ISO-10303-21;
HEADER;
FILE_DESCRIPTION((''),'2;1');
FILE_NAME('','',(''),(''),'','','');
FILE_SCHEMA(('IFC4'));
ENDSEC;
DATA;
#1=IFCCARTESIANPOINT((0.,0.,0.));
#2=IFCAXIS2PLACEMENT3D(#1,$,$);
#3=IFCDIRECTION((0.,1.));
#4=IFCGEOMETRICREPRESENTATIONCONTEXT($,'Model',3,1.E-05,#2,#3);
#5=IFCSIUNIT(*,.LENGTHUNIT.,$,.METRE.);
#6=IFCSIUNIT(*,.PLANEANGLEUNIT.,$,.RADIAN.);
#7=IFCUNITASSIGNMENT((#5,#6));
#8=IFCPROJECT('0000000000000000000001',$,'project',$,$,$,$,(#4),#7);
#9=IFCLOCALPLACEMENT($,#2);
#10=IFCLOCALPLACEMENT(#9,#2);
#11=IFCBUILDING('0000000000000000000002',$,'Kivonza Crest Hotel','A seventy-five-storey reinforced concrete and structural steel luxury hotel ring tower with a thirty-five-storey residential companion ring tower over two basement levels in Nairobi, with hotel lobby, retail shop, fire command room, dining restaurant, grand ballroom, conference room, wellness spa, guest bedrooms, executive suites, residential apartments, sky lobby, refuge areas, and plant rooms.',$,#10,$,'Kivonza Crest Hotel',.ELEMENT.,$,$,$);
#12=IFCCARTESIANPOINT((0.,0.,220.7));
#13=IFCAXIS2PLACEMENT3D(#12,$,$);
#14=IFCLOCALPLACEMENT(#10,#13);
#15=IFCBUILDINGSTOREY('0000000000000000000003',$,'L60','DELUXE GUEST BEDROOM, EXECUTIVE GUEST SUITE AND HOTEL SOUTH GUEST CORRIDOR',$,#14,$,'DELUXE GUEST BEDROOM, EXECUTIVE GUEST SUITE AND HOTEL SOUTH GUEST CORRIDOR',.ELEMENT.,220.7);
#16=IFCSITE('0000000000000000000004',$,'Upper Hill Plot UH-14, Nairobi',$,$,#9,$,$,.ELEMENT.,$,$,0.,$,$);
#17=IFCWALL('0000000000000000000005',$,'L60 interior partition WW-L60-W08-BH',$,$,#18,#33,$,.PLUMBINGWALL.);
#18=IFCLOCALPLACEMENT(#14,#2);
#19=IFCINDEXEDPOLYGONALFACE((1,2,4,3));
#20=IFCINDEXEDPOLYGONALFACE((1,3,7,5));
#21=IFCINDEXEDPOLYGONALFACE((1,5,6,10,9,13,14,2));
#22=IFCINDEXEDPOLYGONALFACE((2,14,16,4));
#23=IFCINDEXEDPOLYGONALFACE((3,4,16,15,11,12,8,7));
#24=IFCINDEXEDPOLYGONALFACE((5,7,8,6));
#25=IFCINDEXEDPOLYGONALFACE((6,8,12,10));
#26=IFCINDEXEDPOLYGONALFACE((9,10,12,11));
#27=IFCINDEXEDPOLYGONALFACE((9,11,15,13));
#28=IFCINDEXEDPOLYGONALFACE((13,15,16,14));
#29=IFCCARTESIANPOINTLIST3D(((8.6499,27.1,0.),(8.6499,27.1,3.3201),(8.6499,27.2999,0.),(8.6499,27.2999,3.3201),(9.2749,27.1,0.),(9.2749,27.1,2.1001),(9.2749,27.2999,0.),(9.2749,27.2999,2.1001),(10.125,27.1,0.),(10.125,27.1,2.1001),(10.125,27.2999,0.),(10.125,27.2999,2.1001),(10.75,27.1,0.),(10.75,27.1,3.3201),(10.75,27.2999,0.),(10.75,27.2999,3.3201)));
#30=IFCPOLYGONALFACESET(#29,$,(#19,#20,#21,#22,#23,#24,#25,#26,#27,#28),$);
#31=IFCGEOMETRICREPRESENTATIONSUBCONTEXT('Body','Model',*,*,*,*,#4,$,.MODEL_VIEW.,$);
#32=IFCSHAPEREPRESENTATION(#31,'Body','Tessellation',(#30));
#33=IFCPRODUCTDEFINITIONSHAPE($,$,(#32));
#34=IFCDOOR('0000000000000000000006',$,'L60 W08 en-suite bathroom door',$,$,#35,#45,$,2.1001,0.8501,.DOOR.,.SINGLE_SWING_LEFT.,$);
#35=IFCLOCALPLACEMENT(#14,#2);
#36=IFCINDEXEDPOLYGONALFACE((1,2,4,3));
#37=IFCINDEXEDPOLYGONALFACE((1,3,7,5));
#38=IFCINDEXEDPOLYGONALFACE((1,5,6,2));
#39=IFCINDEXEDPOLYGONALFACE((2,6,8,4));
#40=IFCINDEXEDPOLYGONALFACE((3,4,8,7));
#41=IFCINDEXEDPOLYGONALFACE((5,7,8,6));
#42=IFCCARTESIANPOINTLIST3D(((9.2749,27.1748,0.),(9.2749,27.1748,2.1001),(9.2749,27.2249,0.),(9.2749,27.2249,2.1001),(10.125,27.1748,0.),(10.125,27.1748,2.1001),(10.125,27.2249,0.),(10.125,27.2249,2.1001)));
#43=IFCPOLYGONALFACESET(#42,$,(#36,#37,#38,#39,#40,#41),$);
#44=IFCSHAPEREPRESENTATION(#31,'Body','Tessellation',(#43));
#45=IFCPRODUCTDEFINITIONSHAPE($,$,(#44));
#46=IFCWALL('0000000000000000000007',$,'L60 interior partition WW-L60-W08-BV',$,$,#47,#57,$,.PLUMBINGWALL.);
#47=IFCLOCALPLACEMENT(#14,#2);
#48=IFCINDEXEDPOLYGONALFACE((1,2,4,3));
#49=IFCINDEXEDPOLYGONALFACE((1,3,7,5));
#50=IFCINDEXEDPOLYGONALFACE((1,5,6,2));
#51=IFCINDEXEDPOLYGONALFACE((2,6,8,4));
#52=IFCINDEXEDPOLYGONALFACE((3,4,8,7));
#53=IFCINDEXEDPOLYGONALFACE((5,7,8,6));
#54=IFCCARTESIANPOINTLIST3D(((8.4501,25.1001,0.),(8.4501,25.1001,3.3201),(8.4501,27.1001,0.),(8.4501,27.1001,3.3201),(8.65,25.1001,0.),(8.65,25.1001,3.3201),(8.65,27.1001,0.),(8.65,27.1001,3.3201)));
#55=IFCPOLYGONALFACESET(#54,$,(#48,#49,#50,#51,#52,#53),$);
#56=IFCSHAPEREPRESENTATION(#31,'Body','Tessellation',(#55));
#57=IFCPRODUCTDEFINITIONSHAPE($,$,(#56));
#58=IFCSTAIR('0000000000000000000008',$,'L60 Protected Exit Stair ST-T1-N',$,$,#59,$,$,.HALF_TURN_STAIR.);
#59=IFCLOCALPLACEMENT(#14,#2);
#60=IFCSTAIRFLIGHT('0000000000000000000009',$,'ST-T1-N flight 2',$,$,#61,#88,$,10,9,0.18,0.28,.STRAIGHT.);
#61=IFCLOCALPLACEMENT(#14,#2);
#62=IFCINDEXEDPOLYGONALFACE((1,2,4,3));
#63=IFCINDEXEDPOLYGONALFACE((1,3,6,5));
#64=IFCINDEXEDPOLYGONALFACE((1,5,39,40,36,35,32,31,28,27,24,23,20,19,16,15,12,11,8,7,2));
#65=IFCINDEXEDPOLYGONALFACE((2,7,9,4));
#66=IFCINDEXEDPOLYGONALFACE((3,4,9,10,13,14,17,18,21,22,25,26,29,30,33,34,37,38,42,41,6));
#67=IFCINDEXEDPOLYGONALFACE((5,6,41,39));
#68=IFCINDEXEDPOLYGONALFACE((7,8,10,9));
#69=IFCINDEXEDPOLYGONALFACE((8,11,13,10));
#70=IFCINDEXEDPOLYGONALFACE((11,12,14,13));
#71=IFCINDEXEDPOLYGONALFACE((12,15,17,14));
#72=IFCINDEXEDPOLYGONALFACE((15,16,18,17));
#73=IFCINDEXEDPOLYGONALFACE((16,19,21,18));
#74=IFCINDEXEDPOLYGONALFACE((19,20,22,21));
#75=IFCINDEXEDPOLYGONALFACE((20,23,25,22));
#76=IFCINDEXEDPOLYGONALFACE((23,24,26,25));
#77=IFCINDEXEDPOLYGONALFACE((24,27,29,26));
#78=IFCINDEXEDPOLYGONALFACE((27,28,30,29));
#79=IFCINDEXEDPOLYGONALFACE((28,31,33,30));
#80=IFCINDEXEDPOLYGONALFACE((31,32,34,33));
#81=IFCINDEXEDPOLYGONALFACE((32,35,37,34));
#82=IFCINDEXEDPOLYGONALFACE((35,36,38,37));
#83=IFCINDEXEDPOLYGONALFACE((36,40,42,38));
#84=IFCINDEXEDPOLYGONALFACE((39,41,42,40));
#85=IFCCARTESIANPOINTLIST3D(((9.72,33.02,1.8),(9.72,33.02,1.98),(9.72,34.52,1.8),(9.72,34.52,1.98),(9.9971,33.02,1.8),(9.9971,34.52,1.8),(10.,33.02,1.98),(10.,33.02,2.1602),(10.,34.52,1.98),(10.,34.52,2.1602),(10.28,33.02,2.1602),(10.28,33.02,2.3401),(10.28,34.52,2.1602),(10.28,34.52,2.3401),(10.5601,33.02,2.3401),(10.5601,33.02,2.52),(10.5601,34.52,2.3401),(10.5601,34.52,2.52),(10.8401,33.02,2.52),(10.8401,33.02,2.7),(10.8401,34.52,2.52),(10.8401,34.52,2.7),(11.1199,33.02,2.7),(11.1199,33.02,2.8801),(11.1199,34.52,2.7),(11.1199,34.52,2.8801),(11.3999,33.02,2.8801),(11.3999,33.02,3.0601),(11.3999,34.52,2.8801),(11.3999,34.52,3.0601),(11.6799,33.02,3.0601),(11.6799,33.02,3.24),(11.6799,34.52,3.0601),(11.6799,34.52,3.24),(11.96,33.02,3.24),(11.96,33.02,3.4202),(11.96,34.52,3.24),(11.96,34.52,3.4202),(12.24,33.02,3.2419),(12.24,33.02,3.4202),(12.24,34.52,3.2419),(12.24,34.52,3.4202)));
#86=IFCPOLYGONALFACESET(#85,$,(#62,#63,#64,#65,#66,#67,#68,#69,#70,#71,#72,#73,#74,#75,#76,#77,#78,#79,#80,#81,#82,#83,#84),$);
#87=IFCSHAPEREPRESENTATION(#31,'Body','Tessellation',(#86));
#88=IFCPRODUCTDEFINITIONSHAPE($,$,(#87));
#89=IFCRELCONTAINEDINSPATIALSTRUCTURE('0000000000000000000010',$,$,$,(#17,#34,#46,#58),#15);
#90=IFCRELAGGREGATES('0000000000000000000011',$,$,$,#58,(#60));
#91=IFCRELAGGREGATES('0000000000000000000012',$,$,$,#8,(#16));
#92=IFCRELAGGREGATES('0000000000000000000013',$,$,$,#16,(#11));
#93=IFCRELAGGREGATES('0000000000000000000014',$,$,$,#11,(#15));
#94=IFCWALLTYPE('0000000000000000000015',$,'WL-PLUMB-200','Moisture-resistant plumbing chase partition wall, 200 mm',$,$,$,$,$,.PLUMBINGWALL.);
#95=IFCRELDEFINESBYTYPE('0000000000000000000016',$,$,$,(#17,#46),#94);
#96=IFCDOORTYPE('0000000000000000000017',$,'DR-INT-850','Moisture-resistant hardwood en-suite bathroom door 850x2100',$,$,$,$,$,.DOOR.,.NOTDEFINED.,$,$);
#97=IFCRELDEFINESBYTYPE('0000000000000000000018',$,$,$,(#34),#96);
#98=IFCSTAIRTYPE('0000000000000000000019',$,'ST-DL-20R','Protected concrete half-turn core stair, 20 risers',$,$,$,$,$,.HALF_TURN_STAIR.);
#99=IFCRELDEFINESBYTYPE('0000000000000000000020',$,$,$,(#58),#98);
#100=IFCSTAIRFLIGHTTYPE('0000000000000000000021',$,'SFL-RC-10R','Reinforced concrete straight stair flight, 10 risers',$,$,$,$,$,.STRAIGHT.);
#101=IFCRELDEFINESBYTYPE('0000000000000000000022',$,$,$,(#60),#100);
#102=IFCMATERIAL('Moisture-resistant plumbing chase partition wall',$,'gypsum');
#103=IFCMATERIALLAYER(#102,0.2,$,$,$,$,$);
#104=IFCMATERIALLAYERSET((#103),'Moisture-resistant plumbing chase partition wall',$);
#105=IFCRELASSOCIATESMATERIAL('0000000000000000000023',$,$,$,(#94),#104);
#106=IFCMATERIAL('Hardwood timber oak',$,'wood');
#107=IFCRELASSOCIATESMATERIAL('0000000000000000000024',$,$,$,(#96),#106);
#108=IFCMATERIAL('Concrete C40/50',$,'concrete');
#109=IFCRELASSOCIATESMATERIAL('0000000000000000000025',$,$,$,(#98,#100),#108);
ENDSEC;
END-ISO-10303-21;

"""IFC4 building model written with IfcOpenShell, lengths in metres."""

from ifc_helpers import new_model, si_unit, direction, frame, frame_2d, origin, place, context, subcontext, project, spatial, polyline, rectangle, outline, extrude, material, layer, layer_set, type_object, element, fill, aggregate, save


model = new_model("IFC4")

# Units and contexts
model_context = context("Model", 3, precision=1e-05, world=origin(), true_north=direction((0.0, 1.0)))
body_context = subcontext(model_context, "Body", "Model", "MODEL_VIEW")
ifc_project = project(units=[si_unit("LENGTHUNIT", "METRE"), si_unit("PLANEANGLEUNIT", "RADIAN")], contexts=[model_context])

# Site, building, storey
site_placement = place(None, origin())
site = spatial("IfcSite", under=ifc_project, at=site_placement, Name="Upper Hill Plot UH-14, Nairobi", CompositionType="ELEMENT", RefElevation=0.0)
building_placement = place(site_placement, origin())
building = spatial("IfcBuilding", under=site, at=building_placement, Name="Kivonza Crest Hotel", Description="A seventy-five-storey reinforced concrete and structural steel luxury hotel ring tower with a thirty-five-storey residential companion ring tower over two basement levels in Nairobi, with hotel lobby, retail shop, fire command room, dining restaurant, grand ballroom, conference room, wellness spa, guest bedrooms, executive suites, residential apartments, sky lobby, refuge areas, and plant rooms.", LongName="Kivonza Crest Hotel", CompositionType="ELEMENT")
storey_placement = place(building_placement, frame((0.0, 0.0, 220.7)))
storey = spatial("IfcBuildingStorey", under=building, at=storey_placement, Name="L60", Description="DELUXE GUEST BEDROOM, EXECUTIVE GUEST SUITE AND HOTEL SOUTH GUEST CORRIDOR", LongName="DELUXE GUEST BEDROOM, EXECUTIVE GUEST SUITE AND HOTEL SOUTH GUEST CORRIDOR", CompositionType="ELEMENT", Elevation=220.7)

# Shared definitions
ifc_material_1 = material(Name="Hardwood timber oak", Category="wood")

# Wall, opening, door
ifc_material_2 = material(Name="Moisture-resistant plumbing chase partition wall", Category="gypsum")
ifc_layer_1 = layer(ifc_material_2, 0.2)
ifc_layer_set_1 = layer_set([ifc_layer_1], Name="Moisture-resistant plumbing chase partition wall")
wall_type_1 = type_object("IfcWallType", Name="WL-PLUMB-200", Description="Moisture-resistant plumbing chase partition wall, 200 mm", PredefinedType="PLUMBINGWALL", material=ifc_layer_set_1)
wall_1_placement = place(storey_placement, frame((8.6499, 27.2, 0.0), z_axis=(0.0, 0.0, 1.0), x_axis=(1.0, 0.0, 0.0)))
wall_1 = element("IfcWall", 1, at=wall_1_placement, inside=storey, type_object=wall_type_1, Name="L60 interior partition WW-L60-W08-BH", PredefinedType="PLUMBINGWALL", context=body_context, shape_type="SweptSolid", body=[
    extrude(rectangle(XDim=2.1001, YDim=0.2, at=frame_2d((1.05, 0.0))), origin(), (0.0, 0.0, 1.0), 3.3201),
])
opening_1_placement = place(wall_1_placement, frame((0.625, 0.0, 0.0)))
opening_1 = element("IfcOpeningElement", 2, at=opening_1_placement, cuts=wall_1, PredefinedType="OPENING", context=body_context, shape_type="SweptSolid", body=[
    extrude(rectangle(XDim=0.8501, YDim=2.1001, at=frame_2d((0.425, 1.05))), frame((0.0, 0.1099, 0.0), z_axis=(0.0, -1.0, 0.0), x_axis=(1.0, 0.0, 0.0)), (0.0, 0.0, 1.0), 0.22),
])
door_type_1 = type_object("IfcDoorType", Name="DR-INT-850", Description="Moisture-resistant hardwood en-suite bathroom door 850x2100", OperationType="NOTDEFINED", PredefinedType="DOOR", material=ifc_material_1)
door_1_placement = place(opening_1_placement, origin())
door_1 = element("IfcDoor", 3, at=door_1_placement, inside=storey, type_object=door_type_1, Name="L60 W08 en-suite bathroom door", OperationType="SINGLE_SWING_LEFT", OverallHeight=2.1001, OverallWidth=0.8501, PredefinedType="DOOR", context=body_context, shape_type="SweptSolid", body=[
    extrude(rectangle(XDim=0.8501, YDim=2.1001, at=frame_2d((0.425, 1.05))), frame((0.0, 0.0249, 0.0), z_axis=(0.0, -1.0, 0.0), x_axis=(1.0, 0.0, 0.0)), (0.0, 0.0, 1.0), 0.05),
])
fill(opening_1, door_1)

# Wall
wall_2_placement = place(storey_placement, frame((8.55, 25.1001, 0.0), z_axis=(0.0, 0.0, 1.0), x_axis=(0.0, 1.0, 0.0)))
element("IfcWall", 4, at=wall_2_placement, inside=storey, type_object=wall_type_1, Name="L60 interior partition WW-L60-W08-BV", PredefinedType="PLUMBINGWALL", context=body_context, shape_type="SweptSolid", body=[
    extrude(rectangle(XDim=2.0, YDim=0.2, at=frame_2d((1.0, 0.0))), origin(), (0.0, 0.0, 1.0), 3.3201),
])

# Stair, stair flight
ifc_material_3 = material(Name="Concrete C40/50", Category="concrete")
stair_type = type_object("IfcStairType", Name="ST-DL-20R", Description="Protected concrete half-turn core stair, 20 risers", PredefinedType="HALF_TURN_STAIR", material=ifc_material_3)
stair_placement = place(storey_placement, origin())
stair = element("IfcStair", 5, at=stair_placement, inside=storey, type_object=stair_type, Name="L60 Protected Exit Stair ST-T1-N", PredefinedType="HALF_TURN_STAIR")
stair_flight_type = type_object("IfcStairFlightType", Name="SFL-RC-10R", Description="Reinforced concrete straight stair flight, 10 risers", PredefinedType="STRAIGHT", material=ifc_material_3)
stair_flight_placement = place(storey_placement, frame((9.72, 33.77, 1.8), z_axis=(0.0, 0.0, 1.0), x_axis=(1.0, 0.0, 0.0)))
stair_flight = element("IfcStairFlight", 6, at=stair_flight_placement, type_object=stair_flight_type, Name="ST-T1-N flight 2", NumberOfRisers=10, NumberOfTreads=9, PredefinedType="STRAIGHT", RiserHeight=0.18, TreadLength=0.28, context=body_context, shape_type="SweptSolid", body=[
    extrude(outline(polyline([(0.0, 0.0), (0.0, 0.1799), (0.28, 0.1799), (0.28, 0.3601), (0.5601, 0.3601), (0.5601, 0.54), (0.8401, 0.54), (0.8401, 0.72), (1.1201, 0.72), (1.1201, 0.8999), (1.3999, 0.8999), (1.3999, 1.0801), (1.6799, 1.0801), (1.6799, 1.26), (1.96, 1.26), (1.96, 1.4399), (2.24, 1.4399), (2.24, 1.6201), (2.52, 1.6201), (2.52, 1.8), (2.52, 1.4419), (0.2771, 0.0), (0.0, 0.0)])), frame((0.0, 0.75, 0.0), z_axis=(0.0, -1.0, 0.0), x_axis=(1.0, 0.0, 0.0)), (0.0, 0.0, 1.0), 1.5),
])
aggregate(stair, [stair_flight])

save(model, "model.ifc")
